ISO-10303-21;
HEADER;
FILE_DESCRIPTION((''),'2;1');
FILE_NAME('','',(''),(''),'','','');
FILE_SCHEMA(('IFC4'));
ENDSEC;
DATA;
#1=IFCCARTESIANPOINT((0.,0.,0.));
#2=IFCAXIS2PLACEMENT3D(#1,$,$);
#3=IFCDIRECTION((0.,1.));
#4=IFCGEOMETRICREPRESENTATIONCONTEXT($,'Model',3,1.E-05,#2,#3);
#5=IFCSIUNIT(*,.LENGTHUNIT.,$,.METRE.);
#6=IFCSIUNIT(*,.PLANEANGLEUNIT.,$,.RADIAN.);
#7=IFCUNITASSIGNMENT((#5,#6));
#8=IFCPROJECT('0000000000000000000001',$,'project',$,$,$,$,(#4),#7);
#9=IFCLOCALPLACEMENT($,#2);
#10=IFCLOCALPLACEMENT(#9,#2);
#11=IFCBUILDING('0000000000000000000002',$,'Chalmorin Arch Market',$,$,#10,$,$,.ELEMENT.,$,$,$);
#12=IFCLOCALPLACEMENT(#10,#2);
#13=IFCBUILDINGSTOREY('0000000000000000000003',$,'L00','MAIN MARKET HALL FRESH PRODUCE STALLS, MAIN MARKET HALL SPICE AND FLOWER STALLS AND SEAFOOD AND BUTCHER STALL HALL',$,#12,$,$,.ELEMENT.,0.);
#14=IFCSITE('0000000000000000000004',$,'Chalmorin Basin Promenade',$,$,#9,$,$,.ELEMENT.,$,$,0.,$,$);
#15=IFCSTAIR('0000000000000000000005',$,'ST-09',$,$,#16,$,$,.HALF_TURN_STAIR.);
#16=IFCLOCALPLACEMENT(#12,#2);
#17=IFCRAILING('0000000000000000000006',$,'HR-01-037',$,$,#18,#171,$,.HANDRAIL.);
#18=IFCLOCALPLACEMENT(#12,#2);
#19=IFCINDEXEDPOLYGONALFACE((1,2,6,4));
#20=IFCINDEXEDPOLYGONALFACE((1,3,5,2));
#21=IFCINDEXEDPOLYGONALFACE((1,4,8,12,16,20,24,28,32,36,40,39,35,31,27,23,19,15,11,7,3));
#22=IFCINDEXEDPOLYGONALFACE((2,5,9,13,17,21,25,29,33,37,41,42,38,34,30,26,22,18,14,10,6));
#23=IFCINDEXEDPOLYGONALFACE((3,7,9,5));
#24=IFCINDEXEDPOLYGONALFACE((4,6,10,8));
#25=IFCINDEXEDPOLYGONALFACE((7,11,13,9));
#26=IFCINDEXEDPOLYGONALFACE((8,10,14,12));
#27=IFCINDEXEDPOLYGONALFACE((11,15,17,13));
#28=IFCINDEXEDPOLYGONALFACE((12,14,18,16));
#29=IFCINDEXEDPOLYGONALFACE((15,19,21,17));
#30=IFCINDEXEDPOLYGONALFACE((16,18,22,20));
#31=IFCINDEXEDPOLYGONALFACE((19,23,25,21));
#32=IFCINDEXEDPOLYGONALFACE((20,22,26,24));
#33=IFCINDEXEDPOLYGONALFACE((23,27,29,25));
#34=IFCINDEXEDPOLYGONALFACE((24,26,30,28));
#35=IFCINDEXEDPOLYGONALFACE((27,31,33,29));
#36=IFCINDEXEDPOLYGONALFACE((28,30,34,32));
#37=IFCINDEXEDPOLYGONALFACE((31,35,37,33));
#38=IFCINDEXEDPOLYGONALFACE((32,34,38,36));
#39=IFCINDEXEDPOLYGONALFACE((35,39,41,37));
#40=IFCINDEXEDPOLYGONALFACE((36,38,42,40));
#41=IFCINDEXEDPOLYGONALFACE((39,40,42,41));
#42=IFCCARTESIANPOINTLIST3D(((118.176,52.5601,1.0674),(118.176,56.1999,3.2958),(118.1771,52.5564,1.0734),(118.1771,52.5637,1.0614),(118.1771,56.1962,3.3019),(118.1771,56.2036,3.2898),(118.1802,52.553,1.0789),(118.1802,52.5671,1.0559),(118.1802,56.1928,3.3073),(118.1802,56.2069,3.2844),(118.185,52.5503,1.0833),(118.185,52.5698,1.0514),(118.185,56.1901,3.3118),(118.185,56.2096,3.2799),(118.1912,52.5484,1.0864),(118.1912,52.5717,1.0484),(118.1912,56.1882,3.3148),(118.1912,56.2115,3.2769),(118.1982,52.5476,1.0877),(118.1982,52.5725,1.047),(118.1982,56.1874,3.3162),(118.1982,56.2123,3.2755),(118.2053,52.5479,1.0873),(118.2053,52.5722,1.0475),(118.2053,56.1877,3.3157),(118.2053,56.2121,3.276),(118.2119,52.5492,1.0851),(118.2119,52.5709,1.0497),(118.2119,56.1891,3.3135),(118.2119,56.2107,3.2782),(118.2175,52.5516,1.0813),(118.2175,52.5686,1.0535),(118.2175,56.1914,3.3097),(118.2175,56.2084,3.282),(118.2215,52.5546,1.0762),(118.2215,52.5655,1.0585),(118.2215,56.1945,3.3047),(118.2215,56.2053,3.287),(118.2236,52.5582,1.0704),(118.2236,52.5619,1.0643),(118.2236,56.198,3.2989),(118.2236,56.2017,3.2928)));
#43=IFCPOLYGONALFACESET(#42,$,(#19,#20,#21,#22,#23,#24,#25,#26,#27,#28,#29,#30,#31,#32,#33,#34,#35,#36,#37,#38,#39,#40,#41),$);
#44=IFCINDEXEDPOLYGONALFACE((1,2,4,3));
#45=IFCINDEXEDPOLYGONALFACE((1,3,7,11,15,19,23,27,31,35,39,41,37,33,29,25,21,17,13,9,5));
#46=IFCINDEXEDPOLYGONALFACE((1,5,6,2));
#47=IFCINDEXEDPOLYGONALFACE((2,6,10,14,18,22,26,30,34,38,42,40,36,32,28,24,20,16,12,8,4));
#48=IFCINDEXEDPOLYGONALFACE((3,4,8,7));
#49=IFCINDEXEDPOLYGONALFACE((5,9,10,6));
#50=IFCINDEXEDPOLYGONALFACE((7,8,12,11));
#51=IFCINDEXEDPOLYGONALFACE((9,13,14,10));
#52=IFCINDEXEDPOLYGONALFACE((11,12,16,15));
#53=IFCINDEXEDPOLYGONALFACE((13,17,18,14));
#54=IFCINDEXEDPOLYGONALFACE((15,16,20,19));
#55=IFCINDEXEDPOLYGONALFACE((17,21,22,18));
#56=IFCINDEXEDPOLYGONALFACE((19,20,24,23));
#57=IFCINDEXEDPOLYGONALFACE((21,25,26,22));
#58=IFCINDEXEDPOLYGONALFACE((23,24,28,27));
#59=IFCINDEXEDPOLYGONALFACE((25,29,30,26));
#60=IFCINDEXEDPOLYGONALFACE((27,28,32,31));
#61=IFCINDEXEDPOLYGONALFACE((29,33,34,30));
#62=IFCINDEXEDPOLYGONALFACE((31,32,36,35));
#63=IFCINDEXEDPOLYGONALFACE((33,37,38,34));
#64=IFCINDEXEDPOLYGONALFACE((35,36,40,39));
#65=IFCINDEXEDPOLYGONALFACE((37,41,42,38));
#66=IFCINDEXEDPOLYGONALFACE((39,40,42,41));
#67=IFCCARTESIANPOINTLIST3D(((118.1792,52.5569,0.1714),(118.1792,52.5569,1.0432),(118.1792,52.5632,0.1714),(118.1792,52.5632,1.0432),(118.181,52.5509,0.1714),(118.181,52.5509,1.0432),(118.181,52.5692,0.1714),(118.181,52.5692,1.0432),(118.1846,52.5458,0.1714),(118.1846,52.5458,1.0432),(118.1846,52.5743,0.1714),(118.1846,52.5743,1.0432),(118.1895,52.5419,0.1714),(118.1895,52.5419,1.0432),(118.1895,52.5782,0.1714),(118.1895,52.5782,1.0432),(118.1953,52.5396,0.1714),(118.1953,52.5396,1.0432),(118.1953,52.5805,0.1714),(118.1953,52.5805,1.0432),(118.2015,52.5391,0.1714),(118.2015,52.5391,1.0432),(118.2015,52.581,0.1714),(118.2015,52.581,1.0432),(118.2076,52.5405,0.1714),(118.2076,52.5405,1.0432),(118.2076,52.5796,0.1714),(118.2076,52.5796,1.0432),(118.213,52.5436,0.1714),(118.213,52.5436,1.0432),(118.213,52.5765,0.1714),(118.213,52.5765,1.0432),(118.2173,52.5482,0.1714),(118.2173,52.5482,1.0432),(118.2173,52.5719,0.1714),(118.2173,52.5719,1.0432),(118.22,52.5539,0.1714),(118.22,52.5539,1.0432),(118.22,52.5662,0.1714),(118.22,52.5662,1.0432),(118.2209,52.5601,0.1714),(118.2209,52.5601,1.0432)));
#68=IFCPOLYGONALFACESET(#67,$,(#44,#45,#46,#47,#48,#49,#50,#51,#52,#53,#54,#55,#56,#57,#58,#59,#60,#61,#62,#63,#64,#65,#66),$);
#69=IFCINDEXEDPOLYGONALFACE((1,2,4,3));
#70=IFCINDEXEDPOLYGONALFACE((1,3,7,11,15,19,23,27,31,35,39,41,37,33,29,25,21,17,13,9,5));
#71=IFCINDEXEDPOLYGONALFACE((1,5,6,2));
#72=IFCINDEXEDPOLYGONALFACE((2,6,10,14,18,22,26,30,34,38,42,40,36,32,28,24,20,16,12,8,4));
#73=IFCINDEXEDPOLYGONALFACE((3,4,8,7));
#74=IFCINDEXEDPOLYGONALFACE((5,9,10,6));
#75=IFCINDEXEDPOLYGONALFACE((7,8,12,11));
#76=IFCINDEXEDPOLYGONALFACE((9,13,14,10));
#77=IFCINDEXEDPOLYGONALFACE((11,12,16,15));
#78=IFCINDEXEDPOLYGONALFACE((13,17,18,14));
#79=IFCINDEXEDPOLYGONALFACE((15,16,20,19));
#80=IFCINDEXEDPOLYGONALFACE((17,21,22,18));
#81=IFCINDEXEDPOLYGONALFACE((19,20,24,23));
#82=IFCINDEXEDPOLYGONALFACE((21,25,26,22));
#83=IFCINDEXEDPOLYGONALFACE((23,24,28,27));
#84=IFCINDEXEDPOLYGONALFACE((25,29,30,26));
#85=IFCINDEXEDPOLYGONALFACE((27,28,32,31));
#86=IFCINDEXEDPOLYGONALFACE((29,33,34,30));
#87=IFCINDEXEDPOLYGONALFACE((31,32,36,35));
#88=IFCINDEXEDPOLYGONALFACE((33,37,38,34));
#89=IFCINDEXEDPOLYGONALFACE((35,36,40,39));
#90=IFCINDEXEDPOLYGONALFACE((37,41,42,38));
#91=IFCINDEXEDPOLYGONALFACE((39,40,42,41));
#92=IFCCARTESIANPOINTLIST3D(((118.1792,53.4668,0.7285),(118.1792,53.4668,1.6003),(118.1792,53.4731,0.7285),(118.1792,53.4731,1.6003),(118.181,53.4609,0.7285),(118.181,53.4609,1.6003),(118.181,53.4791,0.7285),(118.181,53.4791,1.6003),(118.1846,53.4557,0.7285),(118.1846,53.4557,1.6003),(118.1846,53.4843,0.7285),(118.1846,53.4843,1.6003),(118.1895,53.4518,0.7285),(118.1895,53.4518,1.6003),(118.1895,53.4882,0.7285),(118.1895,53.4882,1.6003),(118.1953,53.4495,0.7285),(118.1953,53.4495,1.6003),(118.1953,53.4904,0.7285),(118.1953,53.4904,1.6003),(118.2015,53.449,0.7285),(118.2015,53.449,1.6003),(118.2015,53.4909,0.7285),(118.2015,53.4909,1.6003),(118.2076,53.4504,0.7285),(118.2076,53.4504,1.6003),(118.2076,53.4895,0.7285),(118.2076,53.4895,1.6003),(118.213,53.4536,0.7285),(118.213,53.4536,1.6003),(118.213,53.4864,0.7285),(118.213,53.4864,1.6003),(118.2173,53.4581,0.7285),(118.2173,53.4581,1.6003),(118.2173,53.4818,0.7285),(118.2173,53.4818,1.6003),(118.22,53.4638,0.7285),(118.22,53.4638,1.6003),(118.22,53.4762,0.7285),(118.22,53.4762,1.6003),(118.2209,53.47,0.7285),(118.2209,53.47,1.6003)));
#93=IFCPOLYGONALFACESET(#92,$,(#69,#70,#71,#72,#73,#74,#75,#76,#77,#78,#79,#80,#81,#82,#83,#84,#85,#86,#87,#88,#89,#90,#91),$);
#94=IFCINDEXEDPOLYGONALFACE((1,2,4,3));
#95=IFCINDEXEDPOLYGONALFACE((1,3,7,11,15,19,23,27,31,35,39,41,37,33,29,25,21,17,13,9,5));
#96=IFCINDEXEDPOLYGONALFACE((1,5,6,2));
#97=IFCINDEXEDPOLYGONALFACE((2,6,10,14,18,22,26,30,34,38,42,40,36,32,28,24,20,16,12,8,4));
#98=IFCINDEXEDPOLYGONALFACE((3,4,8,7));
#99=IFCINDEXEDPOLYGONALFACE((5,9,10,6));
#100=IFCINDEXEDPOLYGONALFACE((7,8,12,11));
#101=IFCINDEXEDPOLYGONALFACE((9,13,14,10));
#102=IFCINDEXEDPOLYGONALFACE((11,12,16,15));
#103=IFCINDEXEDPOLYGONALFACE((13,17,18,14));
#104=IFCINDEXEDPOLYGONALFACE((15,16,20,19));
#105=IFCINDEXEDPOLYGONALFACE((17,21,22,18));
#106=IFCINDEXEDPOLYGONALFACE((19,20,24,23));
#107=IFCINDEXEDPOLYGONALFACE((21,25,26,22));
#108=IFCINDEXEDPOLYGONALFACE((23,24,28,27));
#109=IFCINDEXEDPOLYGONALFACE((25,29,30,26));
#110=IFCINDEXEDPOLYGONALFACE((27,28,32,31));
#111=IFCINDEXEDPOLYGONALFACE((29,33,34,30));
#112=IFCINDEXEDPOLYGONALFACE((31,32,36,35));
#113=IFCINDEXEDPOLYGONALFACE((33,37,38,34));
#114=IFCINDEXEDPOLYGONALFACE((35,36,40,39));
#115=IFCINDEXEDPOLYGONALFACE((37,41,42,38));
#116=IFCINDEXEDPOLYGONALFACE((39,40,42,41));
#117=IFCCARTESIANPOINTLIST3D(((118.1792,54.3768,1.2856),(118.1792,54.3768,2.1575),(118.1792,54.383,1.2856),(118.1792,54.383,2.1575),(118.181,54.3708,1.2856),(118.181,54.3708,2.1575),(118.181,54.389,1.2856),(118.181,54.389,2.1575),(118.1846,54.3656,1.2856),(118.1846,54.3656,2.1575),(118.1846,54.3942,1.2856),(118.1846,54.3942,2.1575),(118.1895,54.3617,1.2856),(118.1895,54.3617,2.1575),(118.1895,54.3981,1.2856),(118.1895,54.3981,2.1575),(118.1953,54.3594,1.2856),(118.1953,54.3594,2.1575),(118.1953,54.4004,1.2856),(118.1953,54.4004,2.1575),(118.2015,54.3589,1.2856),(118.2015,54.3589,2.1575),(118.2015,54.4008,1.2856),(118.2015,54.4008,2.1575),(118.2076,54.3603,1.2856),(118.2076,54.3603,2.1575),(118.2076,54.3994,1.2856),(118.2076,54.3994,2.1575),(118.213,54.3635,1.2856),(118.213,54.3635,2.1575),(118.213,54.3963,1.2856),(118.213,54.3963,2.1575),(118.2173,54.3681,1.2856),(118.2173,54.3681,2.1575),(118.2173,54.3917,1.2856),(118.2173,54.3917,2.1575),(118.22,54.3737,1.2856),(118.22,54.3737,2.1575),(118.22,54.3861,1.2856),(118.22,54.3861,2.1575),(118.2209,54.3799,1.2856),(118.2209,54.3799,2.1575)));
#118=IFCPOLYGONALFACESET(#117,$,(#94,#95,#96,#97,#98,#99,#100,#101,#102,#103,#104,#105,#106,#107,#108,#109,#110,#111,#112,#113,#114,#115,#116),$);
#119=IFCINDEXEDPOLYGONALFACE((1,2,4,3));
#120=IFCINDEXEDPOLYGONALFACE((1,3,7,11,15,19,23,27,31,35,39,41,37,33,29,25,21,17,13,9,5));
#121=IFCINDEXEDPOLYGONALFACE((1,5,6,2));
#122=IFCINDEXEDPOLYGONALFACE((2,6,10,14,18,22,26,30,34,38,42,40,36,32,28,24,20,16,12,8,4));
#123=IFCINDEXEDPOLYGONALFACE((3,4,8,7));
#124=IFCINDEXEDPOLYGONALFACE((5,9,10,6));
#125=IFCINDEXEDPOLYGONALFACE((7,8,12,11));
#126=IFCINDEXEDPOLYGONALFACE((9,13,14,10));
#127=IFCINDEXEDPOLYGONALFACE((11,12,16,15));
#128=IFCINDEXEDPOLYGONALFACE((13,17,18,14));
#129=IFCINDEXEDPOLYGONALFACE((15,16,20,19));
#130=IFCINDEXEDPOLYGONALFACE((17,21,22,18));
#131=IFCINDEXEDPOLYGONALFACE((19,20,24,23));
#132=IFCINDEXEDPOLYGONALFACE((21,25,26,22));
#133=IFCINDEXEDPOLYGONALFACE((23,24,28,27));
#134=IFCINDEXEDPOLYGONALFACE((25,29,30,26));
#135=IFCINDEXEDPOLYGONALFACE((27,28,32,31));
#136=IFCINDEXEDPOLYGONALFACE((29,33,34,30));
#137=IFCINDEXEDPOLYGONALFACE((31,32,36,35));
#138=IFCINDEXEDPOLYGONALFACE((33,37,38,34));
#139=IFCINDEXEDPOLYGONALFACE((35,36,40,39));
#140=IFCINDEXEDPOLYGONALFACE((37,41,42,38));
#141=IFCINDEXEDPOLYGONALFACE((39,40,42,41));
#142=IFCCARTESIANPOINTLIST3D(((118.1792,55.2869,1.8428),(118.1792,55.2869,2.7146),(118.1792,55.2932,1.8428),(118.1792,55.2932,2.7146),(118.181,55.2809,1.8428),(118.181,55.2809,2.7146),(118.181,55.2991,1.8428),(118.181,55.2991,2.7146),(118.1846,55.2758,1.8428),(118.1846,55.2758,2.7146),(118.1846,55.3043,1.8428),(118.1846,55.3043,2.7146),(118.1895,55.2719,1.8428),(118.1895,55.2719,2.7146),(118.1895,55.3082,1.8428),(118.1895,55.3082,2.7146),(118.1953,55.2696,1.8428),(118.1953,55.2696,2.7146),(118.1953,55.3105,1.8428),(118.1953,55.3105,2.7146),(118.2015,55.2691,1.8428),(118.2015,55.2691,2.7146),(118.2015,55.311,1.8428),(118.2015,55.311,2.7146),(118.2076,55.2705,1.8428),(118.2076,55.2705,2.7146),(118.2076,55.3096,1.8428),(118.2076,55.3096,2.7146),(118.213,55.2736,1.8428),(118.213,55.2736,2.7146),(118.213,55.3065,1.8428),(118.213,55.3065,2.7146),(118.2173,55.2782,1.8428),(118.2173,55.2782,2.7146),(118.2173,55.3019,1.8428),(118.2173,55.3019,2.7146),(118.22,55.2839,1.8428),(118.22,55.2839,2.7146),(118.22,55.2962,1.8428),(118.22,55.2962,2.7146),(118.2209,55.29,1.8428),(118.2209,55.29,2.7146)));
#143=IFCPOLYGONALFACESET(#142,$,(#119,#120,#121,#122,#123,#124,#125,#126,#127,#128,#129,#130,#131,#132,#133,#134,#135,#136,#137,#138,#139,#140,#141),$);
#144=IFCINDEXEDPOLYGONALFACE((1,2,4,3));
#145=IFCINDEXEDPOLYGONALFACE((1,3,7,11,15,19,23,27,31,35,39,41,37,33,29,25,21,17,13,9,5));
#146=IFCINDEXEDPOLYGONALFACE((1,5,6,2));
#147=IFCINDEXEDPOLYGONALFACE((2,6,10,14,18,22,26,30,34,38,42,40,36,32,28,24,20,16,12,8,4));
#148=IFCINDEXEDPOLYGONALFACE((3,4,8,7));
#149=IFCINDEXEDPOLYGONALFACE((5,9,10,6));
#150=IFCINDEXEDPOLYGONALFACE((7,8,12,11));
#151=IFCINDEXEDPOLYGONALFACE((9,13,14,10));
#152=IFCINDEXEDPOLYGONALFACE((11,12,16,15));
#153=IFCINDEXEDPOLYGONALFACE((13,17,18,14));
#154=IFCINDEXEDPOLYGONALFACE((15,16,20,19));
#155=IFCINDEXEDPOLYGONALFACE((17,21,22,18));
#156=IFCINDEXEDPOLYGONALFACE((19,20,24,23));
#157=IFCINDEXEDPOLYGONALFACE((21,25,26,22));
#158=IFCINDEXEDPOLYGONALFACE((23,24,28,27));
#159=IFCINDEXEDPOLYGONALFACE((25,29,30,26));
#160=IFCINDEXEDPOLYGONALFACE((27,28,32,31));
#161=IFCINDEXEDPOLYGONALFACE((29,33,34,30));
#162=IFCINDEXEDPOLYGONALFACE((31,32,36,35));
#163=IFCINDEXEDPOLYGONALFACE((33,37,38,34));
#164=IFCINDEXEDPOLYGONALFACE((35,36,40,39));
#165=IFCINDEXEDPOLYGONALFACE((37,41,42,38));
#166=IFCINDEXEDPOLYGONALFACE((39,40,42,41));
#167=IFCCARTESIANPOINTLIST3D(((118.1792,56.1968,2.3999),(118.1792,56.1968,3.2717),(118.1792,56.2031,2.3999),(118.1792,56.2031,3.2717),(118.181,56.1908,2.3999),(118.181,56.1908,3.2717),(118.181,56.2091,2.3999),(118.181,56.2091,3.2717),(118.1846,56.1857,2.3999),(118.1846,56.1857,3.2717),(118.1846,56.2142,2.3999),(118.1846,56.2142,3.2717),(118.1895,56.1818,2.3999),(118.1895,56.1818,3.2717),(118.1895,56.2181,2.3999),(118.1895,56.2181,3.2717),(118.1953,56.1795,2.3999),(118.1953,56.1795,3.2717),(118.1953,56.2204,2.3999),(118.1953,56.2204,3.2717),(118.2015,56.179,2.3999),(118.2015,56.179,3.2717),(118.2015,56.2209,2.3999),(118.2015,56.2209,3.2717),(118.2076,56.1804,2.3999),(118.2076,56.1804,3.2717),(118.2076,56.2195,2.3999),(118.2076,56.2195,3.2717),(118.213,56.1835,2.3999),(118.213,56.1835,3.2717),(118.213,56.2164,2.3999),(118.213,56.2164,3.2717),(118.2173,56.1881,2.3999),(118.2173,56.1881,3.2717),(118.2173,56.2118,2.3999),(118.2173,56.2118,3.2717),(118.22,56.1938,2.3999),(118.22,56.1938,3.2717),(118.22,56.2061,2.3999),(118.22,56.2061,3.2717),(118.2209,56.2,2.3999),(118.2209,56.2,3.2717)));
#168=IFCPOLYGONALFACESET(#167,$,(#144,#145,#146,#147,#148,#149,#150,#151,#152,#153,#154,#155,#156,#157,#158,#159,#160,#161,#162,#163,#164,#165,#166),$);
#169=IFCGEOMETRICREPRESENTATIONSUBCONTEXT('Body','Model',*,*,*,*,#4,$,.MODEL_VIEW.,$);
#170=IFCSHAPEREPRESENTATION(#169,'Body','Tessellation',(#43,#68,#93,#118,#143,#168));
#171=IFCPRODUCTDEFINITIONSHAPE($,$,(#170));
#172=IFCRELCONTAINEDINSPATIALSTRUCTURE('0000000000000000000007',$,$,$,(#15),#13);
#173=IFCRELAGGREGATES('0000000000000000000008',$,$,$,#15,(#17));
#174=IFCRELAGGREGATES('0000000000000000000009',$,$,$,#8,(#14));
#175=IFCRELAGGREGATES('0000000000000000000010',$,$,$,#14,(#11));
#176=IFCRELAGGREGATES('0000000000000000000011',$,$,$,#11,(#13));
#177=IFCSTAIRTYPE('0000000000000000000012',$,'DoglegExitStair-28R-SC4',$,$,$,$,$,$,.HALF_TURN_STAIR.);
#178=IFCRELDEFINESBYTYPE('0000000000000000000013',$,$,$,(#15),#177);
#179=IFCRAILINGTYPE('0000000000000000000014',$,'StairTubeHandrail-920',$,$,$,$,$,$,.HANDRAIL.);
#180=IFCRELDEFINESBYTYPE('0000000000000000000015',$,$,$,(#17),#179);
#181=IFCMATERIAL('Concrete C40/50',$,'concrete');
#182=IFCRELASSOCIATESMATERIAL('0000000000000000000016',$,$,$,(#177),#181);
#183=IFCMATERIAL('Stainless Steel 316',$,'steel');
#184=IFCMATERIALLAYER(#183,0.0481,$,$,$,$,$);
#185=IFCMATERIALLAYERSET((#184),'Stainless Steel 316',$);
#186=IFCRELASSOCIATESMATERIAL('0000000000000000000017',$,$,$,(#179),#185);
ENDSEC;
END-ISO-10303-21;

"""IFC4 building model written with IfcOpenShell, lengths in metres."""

from ifc_helpers import new_model, si_unit, direction, frame, origin, origin_2d, place, context, subcontext, project, spatial, circle, extrude, material, layer, layer_set, type_object, element, aggregate, save


model = new_model("IFC4")

# Units and contexts
model_context = context("Model", 3, precision=1e-05, world=origin(), true_north=direction((0.0, 1.0)))
body_context = subcontext(model_context, "Body", "Model", "MODEL_VIEW")
ifc_project = project(units=[si_unit("LENGTHUNIT", "METRE"), si_unit("PLANEANGLEUNIT", "RADIAN")], contexts=[model_context])

# Site, building, storey
site_placement = place(None, origin())
site = spatial("IfcSite", under=ifc_project, at=site_placement, Name="Chalmorin Basin Promenade", CompositionType="ELEMENT", RefElevation=0.0)
building_placement = place(site_placement, origin())
building = spatial("IfcBuilding", under=site, at=building_placement, Name="Chalmorin Arch Market", CompositionType="ELEMENT")
storey_placement = place(building_placement, origin())
storey = spatial("IfcBuildingStorey", under=building, at=storey_placement, Name="L00", Description="MAIN MARKET HALL FRESH PRODUCE STALLS, MAIN MARKET HALL SPICE AND FLOWER STALLS AND SEAFOOD AND BUTCHER STALL HALL", CompositionType="ELEMENT", Elevation=0.0)

# Shared definitions
ifc_material_1 = material(Name="Concrete C40/50", Category="concrete")

# Shared definitions
ifc_material_2 = material(Name="Stainless Steel 316", Category="steel")

# Stair, railing
stair_type = type_object("IfcStairType", Name="DoglegExitStair-28R-SC4", PredefinedType="HALF_TURN_STAIR", material=ifc_material_1)
stair_placement = place(storey_placement, origin())
stair = element("IfcStair", 1, at=stair_placement, inside=storey, type_object=stair_type, Name="ST-09", PredefinedType="HALF_TURN_STAIR")
ifc_layer_1 = layer(ifc_material_2, 0.0481)
ifc_layer_set_1 = layer_set([ifc_layer_1], Name="Stainless Steel 316")
railing_type_1 = type_object("IfcRailingType", Name="StairTubeHandrail-920", PredefinedType="HANDRAIL", material=ifc_layer_set_1)
railing_1_placement = place(storey_placement, frame((118.2, 52.5601, 0.1714)))
railing_1 = element("IfcRailing", 2, at=railing_1_placement, type_object=railing_type_1, Name="HR-01-037", PredefinedType="HANDRAIL", context=body_context, shape_type="SweptSolid", body=[
    extrude(circle(Radius=0.0239, at=origin_2d()), frame((0.0, 0.0, 0.896), z_axis=(0.0, 0.85285, 0.522156), x_axis=(-1.0, 0.0, 0.0)), (0.0, 0.0, 1.0), 4.2678),
    extrude(circle(Radius=0.021, at=origin_2d()), origin(), (0.0, 0.0, 1.0), 0.8718),
    extrude(circle(Radius=0.021, at=origin_2d()), frame((0.0, 0.9099, 0.5571)), (0.0, 0.0, 1.0), 0.8718),
    extrude(circle(Radius=0.021, at=origin_2d()), frame((0.0, 1.8198, 1.1143)), (0.0, 0.0, 1.0), 0.8718),
    extrude(circle(Radius=0.021, at=origin_2d()), frame((0.0, 2.73, 1.6714)), (0.0, 0.0, 1.0), 0.8718),
    extrude(circle(Radius=0.021, at=origin_2d()), frame((0.0, 3.6399, 2.2285)), (0.0, 0.0, 1.0), 0.8718),
])
aggregate(stair, [railing_1])

save(model, "model.ifc")
